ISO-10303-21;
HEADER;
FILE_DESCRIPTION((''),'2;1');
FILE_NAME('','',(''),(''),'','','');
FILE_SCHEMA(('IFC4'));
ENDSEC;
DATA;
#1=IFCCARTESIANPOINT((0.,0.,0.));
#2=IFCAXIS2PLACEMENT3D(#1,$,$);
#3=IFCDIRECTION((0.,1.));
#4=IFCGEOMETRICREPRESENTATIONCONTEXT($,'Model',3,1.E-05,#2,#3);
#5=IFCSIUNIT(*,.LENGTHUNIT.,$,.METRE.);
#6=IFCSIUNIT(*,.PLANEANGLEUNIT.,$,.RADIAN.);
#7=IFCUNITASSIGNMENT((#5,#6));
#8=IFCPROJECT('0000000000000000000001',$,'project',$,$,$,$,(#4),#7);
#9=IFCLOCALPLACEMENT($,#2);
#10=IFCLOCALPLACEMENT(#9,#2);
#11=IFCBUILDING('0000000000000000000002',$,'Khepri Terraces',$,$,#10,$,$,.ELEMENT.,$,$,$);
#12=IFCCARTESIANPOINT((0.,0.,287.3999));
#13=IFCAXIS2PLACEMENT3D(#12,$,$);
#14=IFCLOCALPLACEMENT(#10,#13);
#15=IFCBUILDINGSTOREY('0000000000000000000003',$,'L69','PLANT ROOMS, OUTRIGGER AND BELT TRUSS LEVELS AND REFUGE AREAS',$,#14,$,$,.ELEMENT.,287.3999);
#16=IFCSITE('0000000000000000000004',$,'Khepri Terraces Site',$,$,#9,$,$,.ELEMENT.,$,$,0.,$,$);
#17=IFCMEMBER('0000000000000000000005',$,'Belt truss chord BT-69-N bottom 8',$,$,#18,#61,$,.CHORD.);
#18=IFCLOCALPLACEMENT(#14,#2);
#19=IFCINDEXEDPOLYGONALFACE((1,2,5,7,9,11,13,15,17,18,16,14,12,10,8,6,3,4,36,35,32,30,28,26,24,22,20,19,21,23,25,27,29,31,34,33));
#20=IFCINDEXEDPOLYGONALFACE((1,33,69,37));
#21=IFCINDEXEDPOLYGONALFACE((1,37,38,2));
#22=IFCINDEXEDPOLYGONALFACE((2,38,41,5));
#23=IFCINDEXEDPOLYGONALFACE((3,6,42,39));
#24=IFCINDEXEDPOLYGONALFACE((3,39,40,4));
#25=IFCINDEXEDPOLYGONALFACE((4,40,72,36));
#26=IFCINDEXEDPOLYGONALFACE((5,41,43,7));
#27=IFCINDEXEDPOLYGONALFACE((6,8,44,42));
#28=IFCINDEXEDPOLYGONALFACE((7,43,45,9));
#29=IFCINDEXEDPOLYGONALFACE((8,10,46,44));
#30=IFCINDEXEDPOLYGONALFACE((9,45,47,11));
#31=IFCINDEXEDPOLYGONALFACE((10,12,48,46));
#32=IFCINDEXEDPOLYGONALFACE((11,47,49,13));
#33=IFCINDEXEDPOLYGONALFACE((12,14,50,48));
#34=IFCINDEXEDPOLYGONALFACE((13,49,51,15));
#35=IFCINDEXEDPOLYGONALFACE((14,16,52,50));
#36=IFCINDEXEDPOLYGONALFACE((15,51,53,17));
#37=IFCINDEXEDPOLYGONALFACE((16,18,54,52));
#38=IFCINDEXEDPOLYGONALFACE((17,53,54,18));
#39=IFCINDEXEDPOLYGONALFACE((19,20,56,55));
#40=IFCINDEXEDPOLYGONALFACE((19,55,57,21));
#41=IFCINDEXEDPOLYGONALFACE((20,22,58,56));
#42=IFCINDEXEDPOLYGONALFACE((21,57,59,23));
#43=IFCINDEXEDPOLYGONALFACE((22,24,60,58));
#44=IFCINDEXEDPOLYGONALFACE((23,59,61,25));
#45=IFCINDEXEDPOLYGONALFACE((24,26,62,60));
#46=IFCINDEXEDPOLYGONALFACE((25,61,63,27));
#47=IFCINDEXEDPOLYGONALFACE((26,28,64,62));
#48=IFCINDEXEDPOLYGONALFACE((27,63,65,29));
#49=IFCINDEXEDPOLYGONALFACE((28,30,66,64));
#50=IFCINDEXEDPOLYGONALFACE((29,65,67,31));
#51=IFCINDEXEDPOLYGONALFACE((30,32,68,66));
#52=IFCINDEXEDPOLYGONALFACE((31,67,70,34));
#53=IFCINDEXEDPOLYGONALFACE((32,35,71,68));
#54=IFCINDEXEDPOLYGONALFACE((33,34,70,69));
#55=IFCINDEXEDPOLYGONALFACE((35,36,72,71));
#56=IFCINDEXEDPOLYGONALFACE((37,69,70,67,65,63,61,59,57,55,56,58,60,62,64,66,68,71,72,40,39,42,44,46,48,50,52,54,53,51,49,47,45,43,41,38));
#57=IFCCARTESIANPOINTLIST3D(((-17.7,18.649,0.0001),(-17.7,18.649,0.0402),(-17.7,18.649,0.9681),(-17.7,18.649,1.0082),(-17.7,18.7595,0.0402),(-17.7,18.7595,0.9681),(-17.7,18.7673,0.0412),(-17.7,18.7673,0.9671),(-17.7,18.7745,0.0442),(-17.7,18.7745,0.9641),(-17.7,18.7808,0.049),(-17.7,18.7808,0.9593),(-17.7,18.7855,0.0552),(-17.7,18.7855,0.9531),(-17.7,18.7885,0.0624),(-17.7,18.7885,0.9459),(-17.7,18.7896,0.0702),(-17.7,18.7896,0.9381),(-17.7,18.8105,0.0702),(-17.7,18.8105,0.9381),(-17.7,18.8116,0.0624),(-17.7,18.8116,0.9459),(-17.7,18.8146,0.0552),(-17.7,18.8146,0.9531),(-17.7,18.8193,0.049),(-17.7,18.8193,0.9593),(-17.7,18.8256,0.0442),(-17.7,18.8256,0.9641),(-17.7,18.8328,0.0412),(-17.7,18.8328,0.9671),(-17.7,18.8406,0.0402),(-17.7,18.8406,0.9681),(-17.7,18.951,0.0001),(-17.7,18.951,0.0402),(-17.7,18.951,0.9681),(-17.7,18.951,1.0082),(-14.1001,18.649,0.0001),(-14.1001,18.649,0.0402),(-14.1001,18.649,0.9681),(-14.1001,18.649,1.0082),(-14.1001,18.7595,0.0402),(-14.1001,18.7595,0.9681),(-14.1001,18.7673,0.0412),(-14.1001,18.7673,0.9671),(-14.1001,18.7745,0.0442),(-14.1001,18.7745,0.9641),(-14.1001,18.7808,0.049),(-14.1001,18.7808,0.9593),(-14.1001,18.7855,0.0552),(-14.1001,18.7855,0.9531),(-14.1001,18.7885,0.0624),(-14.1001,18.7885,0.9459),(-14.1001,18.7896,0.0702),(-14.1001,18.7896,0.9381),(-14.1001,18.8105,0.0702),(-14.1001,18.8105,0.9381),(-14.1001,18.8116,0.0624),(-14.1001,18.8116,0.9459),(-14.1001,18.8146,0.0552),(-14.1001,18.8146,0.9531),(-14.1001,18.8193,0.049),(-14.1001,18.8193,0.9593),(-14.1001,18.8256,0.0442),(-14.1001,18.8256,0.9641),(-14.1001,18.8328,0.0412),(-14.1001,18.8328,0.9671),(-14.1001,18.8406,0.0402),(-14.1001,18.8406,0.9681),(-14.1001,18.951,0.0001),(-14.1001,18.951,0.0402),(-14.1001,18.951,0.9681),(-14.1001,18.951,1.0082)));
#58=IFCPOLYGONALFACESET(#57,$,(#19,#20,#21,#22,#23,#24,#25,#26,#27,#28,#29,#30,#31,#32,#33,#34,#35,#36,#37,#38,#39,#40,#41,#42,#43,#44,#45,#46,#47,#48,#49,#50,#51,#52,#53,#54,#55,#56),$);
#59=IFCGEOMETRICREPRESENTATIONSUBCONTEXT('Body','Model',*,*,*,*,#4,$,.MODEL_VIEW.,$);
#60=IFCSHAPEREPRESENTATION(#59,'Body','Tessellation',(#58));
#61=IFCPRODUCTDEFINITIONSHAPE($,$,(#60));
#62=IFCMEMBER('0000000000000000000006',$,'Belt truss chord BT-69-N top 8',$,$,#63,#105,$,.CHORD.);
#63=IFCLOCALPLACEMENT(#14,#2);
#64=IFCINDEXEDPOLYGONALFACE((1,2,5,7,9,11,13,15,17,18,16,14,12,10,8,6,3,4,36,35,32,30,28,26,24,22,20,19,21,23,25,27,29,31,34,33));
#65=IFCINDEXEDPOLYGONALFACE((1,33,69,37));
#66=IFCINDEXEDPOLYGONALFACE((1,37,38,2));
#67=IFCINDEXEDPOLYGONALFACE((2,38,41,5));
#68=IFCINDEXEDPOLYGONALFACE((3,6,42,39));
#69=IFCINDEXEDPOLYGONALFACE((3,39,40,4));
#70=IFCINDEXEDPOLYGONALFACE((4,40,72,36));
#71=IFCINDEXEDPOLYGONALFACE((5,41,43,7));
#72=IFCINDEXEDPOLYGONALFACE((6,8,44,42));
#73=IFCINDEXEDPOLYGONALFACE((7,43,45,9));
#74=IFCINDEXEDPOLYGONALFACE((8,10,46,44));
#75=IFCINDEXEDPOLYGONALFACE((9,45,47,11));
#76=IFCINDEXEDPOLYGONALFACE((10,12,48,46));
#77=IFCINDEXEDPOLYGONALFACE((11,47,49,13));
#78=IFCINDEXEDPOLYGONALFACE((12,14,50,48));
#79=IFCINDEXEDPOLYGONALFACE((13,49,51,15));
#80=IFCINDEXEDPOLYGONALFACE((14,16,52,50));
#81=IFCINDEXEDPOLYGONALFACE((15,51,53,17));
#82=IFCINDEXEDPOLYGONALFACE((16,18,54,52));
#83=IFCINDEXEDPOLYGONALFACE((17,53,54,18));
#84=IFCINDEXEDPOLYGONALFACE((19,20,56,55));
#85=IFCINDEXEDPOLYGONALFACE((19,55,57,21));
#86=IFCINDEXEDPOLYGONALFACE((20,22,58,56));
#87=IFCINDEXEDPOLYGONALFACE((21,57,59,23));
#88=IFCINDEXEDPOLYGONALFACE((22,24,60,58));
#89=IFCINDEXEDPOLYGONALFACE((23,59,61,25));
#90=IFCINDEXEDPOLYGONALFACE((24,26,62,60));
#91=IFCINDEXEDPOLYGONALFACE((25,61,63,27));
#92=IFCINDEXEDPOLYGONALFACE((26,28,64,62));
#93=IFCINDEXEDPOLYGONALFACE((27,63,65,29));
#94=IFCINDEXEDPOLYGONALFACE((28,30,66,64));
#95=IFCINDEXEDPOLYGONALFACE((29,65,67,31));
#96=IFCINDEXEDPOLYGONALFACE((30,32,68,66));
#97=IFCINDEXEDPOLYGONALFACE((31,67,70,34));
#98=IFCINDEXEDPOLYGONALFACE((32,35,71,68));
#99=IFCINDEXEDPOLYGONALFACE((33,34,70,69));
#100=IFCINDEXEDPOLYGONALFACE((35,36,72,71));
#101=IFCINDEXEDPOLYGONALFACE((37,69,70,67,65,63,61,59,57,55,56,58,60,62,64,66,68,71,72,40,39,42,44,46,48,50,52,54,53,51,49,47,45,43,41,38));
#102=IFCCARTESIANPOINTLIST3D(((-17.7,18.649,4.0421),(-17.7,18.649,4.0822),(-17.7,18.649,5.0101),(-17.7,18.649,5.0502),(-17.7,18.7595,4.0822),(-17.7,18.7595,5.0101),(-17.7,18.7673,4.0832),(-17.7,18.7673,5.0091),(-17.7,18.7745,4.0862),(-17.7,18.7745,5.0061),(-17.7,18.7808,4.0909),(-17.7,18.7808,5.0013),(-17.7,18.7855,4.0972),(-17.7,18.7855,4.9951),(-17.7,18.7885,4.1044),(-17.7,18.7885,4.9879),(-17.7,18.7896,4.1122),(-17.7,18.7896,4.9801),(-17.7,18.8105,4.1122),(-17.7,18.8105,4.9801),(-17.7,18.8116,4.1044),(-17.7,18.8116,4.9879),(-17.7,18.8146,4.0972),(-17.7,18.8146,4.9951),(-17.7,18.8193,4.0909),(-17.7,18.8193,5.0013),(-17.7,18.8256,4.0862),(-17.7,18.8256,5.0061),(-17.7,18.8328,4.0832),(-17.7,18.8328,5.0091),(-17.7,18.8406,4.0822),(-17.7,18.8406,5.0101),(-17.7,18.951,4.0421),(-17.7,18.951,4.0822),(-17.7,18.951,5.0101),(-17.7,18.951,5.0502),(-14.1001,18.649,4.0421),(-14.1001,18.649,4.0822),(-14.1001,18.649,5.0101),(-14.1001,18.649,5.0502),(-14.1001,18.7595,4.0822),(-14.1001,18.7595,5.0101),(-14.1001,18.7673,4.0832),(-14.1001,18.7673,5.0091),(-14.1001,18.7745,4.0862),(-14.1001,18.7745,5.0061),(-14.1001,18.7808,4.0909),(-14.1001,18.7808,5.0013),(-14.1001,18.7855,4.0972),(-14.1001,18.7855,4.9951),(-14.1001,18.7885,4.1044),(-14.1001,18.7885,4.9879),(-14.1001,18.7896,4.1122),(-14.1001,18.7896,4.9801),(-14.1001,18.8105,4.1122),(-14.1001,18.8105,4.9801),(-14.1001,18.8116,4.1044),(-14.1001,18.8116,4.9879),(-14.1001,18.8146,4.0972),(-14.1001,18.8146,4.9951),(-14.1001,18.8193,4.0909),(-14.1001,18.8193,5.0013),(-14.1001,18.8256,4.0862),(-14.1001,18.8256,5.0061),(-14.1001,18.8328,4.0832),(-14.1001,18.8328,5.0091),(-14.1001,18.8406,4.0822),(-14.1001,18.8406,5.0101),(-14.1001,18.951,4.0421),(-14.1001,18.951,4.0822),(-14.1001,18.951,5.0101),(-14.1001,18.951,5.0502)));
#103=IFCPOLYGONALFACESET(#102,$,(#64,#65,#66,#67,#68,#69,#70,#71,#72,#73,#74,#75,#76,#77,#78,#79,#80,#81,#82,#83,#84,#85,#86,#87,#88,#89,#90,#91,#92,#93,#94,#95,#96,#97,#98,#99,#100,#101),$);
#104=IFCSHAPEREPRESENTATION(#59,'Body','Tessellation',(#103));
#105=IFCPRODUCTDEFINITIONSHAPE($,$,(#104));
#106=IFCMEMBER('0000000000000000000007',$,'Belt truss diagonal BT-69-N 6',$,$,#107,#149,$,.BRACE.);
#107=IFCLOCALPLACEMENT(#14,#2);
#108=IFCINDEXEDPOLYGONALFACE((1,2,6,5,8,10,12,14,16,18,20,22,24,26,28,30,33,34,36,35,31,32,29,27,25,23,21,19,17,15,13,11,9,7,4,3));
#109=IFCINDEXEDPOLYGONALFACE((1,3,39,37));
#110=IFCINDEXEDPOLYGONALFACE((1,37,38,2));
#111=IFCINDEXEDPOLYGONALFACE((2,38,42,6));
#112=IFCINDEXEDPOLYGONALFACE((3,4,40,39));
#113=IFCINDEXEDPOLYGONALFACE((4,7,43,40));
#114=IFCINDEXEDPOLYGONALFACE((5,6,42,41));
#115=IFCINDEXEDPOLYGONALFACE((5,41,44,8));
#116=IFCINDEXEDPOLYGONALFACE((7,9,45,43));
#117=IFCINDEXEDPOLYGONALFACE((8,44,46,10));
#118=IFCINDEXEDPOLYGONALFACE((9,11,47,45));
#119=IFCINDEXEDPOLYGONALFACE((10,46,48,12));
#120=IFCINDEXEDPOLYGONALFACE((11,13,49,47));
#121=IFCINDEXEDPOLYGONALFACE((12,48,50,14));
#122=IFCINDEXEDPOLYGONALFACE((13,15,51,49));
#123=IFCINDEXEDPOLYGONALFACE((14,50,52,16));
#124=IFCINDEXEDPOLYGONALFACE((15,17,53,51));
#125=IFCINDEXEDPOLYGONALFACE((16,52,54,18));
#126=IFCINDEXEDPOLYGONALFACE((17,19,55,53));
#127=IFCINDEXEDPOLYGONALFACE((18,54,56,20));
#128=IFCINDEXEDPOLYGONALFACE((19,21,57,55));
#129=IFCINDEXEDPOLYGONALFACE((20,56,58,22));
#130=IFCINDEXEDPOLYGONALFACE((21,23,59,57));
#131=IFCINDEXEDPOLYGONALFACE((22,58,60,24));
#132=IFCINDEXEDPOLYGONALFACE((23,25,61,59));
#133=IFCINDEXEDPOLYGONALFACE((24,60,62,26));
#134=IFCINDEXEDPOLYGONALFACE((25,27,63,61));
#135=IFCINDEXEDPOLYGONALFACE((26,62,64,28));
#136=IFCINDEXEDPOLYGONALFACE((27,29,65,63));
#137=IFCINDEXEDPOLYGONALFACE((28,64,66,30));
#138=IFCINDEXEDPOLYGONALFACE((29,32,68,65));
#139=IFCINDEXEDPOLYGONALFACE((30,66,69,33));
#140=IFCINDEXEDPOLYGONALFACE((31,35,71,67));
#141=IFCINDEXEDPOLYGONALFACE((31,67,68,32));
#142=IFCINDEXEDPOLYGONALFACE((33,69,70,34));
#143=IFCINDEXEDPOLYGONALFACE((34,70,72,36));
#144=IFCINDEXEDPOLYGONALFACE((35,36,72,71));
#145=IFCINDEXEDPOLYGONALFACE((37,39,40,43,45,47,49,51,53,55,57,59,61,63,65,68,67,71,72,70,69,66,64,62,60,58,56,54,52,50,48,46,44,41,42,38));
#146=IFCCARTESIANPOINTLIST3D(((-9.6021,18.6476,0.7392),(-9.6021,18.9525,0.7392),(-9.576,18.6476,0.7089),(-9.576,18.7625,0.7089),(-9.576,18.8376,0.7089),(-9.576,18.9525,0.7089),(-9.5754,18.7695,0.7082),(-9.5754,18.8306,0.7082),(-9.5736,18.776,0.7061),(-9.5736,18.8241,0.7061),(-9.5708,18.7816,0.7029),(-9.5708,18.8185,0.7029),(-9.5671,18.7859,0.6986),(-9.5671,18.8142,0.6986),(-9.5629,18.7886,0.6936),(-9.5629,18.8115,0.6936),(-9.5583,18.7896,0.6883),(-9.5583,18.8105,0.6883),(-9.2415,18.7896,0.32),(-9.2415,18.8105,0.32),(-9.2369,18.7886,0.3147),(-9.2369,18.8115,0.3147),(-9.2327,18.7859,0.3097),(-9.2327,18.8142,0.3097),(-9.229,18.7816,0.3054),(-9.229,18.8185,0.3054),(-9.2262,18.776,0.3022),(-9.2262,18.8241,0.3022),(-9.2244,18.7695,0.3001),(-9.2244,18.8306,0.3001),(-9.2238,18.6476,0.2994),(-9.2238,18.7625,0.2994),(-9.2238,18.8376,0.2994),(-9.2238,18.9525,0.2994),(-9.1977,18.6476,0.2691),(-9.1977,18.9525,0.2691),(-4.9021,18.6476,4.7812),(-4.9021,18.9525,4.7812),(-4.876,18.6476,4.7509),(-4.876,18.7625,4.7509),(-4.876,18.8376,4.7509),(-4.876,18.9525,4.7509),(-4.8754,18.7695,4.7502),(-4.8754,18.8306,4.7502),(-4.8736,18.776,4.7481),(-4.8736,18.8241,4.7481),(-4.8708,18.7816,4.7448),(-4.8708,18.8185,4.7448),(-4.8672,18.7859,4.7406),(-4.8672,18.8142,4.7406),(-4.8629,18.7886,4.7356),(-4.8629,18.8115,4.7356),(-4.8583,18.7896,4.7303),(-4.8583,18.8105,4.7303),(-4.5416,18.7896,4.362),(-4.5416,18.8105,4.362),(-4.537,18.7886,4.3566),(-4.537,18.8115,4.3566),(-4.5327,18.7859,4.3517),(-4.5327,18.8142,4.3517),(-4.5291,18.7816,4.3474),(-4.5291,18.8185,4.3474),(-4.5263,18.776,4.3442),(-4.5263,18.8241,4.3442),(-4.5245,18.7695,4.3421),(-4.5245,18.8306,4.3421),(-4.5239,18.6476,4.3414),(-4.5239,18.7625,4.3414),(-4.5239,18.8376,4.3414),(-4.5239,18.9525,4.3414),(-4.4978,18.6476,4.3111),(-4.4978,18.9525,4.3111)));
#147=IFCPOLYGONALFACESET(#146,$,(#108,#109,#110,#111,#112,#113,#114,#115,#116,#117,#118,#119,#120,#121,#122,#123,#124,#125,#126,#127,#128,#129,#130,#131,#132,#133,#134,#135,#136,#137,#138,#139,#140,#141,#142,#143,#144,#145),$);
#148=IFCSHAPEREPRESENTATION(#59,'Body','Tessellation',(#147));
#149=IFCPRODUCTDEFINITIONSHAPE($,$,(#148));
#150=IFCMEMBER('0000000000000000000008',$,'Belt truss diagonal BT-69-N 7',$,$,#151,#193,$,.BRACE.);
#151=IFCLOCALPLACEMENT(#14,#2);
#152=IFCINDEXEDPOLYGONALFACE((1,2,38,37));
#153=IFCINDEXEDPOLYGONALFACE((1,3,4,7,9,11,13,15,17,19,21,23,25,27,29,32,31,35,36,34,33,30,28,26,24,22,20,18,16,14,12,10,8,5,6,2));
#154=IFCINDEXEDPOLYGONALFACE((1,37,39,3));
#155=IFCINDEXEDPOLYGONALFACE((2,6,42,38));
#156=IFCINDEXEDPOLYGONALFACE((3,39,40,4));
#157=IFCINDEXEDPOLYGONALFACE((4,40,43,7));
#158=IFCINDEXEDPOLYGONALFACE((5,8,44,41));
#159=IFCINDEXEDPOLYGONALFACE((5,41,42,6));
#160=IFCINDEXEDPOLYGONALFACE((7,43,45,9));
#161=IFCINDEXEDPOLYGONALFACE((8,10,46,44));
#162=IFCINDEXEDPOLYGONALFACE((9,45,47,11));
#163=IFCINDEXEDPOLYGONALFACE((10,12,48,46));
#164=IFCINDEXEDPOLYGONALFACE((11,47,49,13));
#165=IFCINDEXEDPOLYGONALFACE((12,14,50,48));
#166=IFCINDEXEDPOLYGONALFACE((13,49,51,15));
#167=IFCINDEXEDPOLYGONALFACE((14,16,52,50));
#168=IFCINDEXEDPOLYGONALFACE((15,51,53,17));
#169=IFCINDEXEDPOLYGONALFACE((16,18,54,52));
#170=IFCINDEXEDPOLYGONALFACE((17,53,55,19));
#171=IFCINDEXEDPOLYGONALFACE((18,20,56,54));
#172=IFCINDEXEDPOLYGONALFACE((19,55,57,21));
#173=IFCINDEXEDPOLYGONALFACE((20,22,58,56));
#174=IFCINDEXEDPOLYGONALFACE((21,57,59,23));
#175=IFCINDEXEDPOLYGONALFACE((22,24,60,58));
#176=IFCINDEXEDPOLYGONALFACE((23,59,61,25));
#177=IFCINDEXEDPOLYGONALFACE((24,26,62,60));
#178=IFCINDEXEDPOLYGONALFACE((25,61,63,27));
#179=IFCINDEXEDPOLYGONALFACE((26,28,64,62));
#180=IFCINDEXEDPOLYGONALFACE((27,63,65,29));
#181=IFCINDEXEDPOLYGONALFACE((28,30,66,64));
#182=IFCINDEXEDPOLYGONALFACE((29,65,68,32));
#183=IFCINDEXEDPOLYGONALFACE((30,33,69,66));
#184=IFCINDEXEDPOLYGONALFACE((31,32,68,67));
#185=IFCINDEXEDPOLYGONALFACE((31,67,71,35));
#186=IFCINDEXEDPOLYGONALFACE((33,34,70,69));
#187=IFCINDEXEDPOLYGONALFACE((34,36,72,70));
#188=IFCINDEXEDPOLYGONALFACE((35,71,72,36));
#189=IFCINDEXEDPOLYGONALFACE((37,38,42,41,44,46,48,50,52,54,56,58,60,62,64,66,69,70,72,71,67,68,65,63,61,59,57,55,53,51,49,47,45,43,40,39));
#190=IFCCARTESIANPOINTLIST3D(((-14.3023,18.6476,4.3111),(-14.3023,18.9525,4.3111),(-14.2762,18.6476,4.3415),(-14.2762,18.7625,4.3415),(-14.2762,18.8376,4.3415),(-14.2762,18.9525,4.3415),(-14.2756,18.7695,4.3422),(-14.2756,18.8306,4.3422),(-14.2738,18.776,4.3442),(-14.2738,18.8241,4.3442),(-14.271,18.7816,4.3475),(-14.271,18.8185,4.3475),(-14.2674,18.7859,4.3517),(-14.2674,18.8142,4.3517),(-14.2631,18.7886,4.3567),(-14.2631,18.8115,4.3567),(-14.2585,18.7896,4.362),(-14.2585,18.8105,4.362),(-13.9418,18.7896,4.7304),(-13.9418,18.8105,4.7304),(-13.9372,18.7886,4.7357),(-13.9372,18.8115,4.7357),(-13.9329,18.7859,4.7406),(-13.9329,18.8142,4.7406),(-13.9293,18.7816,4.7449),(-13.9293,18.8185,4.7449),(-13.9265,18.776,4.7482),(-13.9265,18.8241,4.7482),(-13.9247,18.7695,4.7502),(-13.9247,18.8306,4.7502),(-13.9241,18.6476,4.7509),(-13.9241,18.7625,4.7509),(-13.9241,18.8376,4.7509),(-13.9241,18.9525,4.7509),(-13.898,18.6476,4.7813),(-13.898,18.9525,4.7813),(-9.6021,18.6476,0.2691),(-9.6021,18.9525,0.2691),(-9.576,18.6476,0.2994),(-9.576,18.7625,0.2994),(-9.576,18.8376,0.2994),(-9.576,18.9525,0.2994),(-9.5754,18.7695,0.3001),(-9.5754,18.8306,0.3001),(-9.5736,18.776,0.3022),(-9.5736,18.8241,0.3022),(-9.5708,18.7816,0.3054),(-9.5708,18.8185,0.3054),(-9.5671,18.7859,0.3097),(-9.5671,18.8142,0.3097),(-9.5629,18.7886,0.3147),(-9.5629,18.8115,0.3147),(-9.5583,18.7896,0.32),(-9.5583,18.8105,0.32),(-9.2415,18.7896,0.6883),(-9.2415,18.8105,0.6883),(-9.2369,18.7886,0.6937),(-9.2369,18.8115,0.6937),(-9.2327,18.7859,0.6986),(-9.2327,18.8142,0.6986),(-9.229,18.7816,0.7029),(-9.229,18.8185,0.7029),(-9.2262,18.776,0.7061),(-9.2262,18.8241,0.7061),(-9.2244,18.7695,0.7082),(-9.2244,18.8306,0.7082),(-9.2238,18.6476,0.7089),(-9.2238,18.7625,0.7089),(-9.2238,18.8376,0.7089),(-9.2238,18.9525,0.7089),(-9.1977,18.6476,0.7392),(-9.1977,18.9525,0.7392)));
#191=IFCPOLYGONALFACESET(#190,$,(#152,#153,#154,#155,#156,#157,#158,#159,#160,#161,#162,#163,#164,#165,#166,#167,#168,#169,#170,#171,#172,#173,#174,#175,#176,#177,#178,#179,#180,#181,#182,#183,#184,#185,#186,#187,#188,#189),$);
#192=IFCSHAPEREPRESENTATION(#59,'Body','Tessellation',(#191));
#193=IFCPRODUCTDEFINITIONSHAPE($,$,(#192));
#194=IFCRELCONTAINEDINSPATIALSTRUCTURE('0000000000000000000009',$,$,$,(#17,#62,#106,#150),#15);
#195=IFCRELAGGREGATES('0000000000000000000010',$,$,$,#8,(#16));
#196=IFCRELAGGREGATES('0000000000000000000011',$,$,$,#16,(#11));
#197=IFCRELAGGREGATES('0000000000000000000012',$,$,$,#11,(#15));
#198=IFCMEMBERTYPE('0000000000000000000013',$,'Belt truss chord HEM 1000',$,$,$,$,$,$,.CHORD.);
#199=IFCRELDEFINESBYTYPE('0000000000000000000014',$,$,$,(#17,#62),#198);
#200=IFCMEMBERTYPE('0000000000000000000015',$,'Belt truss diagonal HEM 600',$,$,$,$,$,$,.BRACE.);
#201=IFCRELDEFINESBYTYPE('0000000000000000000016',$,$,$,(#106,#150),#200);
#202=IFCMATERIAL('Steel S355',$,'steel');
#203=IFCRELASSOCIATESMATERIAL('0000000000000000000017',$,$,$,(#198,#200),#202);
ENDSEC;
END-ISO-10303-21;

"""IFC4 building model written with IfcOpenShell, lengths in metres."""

from ifc_helpers import new_model, si_unit, direction, frame, origin, origin_2d, place, context, subcontext, project, spatial, i_section, extrude, material, material_profile, profile_set, type_object, element, save


model = new_model("IFC4")

# Units and contexts
model_context = context("Model", 3, precision=1e-05, world=origin(), true_north=direction((0.0, 1.0)))
body_context = subcontext(model_context, "Body", "Model", "MODEL_VIEW")
ifc_project = project(units=[si_unit("LENGTHUNIT", "METRE"), si_unit("PLANEANGLEUNIT", "RADIAN")], contexts=[model_context])

# Site, building, storey
site_placement = place(None, origin())
site = spatial("IfcSite", under=ifc_project, at=site_placement, Name="Khepri Terraces Site", CompositionType="ELEMENT", RefElevation=0.0)
building_placement = place(site_placement, origin())
building = spatial("IfcBuilding", under=site, at=building_placement, Name="Khepri Terraces", CompositionType="ELEMENT")
storey_placement = place(building_placement, frame((0.0, 0.0, 287.3999)))
storey = spatial("IfcBuildingStorey", under=building, at=storey_placement, Name="L69", Description="PLANT ROOMS, OUTRIGGER AND BELT TRUSS LEVELS AND REFUGE AREAS", CompositionType="ELEMENT", Elevation=287.3999)

# Members
ifc_material_1 = material(Name="Steel S355", Category="steel")
ifc_material_profile_1 = material_profile(ifc_material_1, i_section(OverallWidth=0.302, OverallDepth=1.0081, WebThickness=0.021, FlangeThickness=0.04, FilletRadius=0.03, at=origin_2d()), Name="Steel S355", Category="steel")
ifc_profile_set_1 = profile_set([ifc_material_profile_1], Name="Steel S355")
member_type_1 = type_object("IfcMemberType", Name="Belt truss chord HEM 1000", PredefinedType="CHORD", material=ifc_profile_set_1)
for number, where, z_axis, x_axis, name in (
    (1, (-14.1001, 18.8, 0.5042), (-1.0, 0.0, 0.0), (0.0, -1.0, 0.0), "Belt truss chord BT-69-N bottom 8"),
    (2, (-14.1001, 18.8, 4.5461), (-1.0, 0.0, 0.0), (0.0, -1.0, 0.0), "Belt truss chord BT-69-N top 8"),
):
    element("IfcMember", number, at=place(storey_placement, frame(where, z_axis=z_axis, x_axis=x_axis)), inside=storey, type_object=member_type_1, Name=name, PredefinedType="CHORD", context=body_context, shape_type="SweptSolid", body=[
        extrude(i_section(OverallWidth=0.302, OverallDepth=1.0081, WebThickness=0.021, FlangeThickness=0.04, FilletRadius=0.03, at=origin_2d()), origin(), (0.0, 0.0, 1.0), 3.5999),
    ])
ifc_material_profile_2 = material_profile(ifc_material_1, i_section(OverallWidth=0.3049, OverallDepth=0.6201, WebThickness=0.021, FlangeThickness=0.04, FilletRadius=0.0271, at=origin_2d()), Name="Steel S355", Category="steel")
ifc_profile_set_2 = profile_set([ifc_material_profile_2], Name="Steel S355")
member_type_2 = type_object("IfcMemberType", Name="Belt truss diagonal HEM 600", PredefinedType="BRACE", material=ifc_profile_set_2)
member_1_placement = place(storey_placement, frame((-4.7, 18.8, 4.5461), z_axis=(-0.758182, 0.0, -0.652042), x_axis=(0.0, -1.0, 0.0)))
element("IfcMember", 3, at=member_1_placement, inside=storey, type_object=member_type_2, Name="Belt truss diagonal BT-69-N 6", PredefinedType="BRACE", context=body_context, shape_type="SweptSolid", body=[
    extrude(i_section(OverallWidth=0.3049, OverallDepth=0.6201, WebThickness=0.021, FlangeThickness=0.04, FilletRadius=0.0271, at=origin_2d()), origin(), (0.0, 0.0, 1.0), 6.199),
])
member_2_placement = place(storey_placement, frame((-9.3999, 18.8, 0.5042), z_axis=(-0.758199, 0.0, 0.652023), x_axis=(0.0, -1.0, 0.0)))
element("IfcMember", 4, at=member_2_placement, inside=storey, type_object=member_type_2, Name="Belt truss diagonal BT-69-N 7", PredefinedType="BRACE", context=body_context, shape_type="SweptSolid", body=[
    extrude(i_section(OverallWidth=0.3049, OverallDepth=0.6201, WebThickness=0.021, FlangeThickness=0.04, FilletRadius=0.0271, at=origin_2d()), origin(), (0.0, 0.0, 1.0), 6.1992),
])

save(model, "model.ifc")
